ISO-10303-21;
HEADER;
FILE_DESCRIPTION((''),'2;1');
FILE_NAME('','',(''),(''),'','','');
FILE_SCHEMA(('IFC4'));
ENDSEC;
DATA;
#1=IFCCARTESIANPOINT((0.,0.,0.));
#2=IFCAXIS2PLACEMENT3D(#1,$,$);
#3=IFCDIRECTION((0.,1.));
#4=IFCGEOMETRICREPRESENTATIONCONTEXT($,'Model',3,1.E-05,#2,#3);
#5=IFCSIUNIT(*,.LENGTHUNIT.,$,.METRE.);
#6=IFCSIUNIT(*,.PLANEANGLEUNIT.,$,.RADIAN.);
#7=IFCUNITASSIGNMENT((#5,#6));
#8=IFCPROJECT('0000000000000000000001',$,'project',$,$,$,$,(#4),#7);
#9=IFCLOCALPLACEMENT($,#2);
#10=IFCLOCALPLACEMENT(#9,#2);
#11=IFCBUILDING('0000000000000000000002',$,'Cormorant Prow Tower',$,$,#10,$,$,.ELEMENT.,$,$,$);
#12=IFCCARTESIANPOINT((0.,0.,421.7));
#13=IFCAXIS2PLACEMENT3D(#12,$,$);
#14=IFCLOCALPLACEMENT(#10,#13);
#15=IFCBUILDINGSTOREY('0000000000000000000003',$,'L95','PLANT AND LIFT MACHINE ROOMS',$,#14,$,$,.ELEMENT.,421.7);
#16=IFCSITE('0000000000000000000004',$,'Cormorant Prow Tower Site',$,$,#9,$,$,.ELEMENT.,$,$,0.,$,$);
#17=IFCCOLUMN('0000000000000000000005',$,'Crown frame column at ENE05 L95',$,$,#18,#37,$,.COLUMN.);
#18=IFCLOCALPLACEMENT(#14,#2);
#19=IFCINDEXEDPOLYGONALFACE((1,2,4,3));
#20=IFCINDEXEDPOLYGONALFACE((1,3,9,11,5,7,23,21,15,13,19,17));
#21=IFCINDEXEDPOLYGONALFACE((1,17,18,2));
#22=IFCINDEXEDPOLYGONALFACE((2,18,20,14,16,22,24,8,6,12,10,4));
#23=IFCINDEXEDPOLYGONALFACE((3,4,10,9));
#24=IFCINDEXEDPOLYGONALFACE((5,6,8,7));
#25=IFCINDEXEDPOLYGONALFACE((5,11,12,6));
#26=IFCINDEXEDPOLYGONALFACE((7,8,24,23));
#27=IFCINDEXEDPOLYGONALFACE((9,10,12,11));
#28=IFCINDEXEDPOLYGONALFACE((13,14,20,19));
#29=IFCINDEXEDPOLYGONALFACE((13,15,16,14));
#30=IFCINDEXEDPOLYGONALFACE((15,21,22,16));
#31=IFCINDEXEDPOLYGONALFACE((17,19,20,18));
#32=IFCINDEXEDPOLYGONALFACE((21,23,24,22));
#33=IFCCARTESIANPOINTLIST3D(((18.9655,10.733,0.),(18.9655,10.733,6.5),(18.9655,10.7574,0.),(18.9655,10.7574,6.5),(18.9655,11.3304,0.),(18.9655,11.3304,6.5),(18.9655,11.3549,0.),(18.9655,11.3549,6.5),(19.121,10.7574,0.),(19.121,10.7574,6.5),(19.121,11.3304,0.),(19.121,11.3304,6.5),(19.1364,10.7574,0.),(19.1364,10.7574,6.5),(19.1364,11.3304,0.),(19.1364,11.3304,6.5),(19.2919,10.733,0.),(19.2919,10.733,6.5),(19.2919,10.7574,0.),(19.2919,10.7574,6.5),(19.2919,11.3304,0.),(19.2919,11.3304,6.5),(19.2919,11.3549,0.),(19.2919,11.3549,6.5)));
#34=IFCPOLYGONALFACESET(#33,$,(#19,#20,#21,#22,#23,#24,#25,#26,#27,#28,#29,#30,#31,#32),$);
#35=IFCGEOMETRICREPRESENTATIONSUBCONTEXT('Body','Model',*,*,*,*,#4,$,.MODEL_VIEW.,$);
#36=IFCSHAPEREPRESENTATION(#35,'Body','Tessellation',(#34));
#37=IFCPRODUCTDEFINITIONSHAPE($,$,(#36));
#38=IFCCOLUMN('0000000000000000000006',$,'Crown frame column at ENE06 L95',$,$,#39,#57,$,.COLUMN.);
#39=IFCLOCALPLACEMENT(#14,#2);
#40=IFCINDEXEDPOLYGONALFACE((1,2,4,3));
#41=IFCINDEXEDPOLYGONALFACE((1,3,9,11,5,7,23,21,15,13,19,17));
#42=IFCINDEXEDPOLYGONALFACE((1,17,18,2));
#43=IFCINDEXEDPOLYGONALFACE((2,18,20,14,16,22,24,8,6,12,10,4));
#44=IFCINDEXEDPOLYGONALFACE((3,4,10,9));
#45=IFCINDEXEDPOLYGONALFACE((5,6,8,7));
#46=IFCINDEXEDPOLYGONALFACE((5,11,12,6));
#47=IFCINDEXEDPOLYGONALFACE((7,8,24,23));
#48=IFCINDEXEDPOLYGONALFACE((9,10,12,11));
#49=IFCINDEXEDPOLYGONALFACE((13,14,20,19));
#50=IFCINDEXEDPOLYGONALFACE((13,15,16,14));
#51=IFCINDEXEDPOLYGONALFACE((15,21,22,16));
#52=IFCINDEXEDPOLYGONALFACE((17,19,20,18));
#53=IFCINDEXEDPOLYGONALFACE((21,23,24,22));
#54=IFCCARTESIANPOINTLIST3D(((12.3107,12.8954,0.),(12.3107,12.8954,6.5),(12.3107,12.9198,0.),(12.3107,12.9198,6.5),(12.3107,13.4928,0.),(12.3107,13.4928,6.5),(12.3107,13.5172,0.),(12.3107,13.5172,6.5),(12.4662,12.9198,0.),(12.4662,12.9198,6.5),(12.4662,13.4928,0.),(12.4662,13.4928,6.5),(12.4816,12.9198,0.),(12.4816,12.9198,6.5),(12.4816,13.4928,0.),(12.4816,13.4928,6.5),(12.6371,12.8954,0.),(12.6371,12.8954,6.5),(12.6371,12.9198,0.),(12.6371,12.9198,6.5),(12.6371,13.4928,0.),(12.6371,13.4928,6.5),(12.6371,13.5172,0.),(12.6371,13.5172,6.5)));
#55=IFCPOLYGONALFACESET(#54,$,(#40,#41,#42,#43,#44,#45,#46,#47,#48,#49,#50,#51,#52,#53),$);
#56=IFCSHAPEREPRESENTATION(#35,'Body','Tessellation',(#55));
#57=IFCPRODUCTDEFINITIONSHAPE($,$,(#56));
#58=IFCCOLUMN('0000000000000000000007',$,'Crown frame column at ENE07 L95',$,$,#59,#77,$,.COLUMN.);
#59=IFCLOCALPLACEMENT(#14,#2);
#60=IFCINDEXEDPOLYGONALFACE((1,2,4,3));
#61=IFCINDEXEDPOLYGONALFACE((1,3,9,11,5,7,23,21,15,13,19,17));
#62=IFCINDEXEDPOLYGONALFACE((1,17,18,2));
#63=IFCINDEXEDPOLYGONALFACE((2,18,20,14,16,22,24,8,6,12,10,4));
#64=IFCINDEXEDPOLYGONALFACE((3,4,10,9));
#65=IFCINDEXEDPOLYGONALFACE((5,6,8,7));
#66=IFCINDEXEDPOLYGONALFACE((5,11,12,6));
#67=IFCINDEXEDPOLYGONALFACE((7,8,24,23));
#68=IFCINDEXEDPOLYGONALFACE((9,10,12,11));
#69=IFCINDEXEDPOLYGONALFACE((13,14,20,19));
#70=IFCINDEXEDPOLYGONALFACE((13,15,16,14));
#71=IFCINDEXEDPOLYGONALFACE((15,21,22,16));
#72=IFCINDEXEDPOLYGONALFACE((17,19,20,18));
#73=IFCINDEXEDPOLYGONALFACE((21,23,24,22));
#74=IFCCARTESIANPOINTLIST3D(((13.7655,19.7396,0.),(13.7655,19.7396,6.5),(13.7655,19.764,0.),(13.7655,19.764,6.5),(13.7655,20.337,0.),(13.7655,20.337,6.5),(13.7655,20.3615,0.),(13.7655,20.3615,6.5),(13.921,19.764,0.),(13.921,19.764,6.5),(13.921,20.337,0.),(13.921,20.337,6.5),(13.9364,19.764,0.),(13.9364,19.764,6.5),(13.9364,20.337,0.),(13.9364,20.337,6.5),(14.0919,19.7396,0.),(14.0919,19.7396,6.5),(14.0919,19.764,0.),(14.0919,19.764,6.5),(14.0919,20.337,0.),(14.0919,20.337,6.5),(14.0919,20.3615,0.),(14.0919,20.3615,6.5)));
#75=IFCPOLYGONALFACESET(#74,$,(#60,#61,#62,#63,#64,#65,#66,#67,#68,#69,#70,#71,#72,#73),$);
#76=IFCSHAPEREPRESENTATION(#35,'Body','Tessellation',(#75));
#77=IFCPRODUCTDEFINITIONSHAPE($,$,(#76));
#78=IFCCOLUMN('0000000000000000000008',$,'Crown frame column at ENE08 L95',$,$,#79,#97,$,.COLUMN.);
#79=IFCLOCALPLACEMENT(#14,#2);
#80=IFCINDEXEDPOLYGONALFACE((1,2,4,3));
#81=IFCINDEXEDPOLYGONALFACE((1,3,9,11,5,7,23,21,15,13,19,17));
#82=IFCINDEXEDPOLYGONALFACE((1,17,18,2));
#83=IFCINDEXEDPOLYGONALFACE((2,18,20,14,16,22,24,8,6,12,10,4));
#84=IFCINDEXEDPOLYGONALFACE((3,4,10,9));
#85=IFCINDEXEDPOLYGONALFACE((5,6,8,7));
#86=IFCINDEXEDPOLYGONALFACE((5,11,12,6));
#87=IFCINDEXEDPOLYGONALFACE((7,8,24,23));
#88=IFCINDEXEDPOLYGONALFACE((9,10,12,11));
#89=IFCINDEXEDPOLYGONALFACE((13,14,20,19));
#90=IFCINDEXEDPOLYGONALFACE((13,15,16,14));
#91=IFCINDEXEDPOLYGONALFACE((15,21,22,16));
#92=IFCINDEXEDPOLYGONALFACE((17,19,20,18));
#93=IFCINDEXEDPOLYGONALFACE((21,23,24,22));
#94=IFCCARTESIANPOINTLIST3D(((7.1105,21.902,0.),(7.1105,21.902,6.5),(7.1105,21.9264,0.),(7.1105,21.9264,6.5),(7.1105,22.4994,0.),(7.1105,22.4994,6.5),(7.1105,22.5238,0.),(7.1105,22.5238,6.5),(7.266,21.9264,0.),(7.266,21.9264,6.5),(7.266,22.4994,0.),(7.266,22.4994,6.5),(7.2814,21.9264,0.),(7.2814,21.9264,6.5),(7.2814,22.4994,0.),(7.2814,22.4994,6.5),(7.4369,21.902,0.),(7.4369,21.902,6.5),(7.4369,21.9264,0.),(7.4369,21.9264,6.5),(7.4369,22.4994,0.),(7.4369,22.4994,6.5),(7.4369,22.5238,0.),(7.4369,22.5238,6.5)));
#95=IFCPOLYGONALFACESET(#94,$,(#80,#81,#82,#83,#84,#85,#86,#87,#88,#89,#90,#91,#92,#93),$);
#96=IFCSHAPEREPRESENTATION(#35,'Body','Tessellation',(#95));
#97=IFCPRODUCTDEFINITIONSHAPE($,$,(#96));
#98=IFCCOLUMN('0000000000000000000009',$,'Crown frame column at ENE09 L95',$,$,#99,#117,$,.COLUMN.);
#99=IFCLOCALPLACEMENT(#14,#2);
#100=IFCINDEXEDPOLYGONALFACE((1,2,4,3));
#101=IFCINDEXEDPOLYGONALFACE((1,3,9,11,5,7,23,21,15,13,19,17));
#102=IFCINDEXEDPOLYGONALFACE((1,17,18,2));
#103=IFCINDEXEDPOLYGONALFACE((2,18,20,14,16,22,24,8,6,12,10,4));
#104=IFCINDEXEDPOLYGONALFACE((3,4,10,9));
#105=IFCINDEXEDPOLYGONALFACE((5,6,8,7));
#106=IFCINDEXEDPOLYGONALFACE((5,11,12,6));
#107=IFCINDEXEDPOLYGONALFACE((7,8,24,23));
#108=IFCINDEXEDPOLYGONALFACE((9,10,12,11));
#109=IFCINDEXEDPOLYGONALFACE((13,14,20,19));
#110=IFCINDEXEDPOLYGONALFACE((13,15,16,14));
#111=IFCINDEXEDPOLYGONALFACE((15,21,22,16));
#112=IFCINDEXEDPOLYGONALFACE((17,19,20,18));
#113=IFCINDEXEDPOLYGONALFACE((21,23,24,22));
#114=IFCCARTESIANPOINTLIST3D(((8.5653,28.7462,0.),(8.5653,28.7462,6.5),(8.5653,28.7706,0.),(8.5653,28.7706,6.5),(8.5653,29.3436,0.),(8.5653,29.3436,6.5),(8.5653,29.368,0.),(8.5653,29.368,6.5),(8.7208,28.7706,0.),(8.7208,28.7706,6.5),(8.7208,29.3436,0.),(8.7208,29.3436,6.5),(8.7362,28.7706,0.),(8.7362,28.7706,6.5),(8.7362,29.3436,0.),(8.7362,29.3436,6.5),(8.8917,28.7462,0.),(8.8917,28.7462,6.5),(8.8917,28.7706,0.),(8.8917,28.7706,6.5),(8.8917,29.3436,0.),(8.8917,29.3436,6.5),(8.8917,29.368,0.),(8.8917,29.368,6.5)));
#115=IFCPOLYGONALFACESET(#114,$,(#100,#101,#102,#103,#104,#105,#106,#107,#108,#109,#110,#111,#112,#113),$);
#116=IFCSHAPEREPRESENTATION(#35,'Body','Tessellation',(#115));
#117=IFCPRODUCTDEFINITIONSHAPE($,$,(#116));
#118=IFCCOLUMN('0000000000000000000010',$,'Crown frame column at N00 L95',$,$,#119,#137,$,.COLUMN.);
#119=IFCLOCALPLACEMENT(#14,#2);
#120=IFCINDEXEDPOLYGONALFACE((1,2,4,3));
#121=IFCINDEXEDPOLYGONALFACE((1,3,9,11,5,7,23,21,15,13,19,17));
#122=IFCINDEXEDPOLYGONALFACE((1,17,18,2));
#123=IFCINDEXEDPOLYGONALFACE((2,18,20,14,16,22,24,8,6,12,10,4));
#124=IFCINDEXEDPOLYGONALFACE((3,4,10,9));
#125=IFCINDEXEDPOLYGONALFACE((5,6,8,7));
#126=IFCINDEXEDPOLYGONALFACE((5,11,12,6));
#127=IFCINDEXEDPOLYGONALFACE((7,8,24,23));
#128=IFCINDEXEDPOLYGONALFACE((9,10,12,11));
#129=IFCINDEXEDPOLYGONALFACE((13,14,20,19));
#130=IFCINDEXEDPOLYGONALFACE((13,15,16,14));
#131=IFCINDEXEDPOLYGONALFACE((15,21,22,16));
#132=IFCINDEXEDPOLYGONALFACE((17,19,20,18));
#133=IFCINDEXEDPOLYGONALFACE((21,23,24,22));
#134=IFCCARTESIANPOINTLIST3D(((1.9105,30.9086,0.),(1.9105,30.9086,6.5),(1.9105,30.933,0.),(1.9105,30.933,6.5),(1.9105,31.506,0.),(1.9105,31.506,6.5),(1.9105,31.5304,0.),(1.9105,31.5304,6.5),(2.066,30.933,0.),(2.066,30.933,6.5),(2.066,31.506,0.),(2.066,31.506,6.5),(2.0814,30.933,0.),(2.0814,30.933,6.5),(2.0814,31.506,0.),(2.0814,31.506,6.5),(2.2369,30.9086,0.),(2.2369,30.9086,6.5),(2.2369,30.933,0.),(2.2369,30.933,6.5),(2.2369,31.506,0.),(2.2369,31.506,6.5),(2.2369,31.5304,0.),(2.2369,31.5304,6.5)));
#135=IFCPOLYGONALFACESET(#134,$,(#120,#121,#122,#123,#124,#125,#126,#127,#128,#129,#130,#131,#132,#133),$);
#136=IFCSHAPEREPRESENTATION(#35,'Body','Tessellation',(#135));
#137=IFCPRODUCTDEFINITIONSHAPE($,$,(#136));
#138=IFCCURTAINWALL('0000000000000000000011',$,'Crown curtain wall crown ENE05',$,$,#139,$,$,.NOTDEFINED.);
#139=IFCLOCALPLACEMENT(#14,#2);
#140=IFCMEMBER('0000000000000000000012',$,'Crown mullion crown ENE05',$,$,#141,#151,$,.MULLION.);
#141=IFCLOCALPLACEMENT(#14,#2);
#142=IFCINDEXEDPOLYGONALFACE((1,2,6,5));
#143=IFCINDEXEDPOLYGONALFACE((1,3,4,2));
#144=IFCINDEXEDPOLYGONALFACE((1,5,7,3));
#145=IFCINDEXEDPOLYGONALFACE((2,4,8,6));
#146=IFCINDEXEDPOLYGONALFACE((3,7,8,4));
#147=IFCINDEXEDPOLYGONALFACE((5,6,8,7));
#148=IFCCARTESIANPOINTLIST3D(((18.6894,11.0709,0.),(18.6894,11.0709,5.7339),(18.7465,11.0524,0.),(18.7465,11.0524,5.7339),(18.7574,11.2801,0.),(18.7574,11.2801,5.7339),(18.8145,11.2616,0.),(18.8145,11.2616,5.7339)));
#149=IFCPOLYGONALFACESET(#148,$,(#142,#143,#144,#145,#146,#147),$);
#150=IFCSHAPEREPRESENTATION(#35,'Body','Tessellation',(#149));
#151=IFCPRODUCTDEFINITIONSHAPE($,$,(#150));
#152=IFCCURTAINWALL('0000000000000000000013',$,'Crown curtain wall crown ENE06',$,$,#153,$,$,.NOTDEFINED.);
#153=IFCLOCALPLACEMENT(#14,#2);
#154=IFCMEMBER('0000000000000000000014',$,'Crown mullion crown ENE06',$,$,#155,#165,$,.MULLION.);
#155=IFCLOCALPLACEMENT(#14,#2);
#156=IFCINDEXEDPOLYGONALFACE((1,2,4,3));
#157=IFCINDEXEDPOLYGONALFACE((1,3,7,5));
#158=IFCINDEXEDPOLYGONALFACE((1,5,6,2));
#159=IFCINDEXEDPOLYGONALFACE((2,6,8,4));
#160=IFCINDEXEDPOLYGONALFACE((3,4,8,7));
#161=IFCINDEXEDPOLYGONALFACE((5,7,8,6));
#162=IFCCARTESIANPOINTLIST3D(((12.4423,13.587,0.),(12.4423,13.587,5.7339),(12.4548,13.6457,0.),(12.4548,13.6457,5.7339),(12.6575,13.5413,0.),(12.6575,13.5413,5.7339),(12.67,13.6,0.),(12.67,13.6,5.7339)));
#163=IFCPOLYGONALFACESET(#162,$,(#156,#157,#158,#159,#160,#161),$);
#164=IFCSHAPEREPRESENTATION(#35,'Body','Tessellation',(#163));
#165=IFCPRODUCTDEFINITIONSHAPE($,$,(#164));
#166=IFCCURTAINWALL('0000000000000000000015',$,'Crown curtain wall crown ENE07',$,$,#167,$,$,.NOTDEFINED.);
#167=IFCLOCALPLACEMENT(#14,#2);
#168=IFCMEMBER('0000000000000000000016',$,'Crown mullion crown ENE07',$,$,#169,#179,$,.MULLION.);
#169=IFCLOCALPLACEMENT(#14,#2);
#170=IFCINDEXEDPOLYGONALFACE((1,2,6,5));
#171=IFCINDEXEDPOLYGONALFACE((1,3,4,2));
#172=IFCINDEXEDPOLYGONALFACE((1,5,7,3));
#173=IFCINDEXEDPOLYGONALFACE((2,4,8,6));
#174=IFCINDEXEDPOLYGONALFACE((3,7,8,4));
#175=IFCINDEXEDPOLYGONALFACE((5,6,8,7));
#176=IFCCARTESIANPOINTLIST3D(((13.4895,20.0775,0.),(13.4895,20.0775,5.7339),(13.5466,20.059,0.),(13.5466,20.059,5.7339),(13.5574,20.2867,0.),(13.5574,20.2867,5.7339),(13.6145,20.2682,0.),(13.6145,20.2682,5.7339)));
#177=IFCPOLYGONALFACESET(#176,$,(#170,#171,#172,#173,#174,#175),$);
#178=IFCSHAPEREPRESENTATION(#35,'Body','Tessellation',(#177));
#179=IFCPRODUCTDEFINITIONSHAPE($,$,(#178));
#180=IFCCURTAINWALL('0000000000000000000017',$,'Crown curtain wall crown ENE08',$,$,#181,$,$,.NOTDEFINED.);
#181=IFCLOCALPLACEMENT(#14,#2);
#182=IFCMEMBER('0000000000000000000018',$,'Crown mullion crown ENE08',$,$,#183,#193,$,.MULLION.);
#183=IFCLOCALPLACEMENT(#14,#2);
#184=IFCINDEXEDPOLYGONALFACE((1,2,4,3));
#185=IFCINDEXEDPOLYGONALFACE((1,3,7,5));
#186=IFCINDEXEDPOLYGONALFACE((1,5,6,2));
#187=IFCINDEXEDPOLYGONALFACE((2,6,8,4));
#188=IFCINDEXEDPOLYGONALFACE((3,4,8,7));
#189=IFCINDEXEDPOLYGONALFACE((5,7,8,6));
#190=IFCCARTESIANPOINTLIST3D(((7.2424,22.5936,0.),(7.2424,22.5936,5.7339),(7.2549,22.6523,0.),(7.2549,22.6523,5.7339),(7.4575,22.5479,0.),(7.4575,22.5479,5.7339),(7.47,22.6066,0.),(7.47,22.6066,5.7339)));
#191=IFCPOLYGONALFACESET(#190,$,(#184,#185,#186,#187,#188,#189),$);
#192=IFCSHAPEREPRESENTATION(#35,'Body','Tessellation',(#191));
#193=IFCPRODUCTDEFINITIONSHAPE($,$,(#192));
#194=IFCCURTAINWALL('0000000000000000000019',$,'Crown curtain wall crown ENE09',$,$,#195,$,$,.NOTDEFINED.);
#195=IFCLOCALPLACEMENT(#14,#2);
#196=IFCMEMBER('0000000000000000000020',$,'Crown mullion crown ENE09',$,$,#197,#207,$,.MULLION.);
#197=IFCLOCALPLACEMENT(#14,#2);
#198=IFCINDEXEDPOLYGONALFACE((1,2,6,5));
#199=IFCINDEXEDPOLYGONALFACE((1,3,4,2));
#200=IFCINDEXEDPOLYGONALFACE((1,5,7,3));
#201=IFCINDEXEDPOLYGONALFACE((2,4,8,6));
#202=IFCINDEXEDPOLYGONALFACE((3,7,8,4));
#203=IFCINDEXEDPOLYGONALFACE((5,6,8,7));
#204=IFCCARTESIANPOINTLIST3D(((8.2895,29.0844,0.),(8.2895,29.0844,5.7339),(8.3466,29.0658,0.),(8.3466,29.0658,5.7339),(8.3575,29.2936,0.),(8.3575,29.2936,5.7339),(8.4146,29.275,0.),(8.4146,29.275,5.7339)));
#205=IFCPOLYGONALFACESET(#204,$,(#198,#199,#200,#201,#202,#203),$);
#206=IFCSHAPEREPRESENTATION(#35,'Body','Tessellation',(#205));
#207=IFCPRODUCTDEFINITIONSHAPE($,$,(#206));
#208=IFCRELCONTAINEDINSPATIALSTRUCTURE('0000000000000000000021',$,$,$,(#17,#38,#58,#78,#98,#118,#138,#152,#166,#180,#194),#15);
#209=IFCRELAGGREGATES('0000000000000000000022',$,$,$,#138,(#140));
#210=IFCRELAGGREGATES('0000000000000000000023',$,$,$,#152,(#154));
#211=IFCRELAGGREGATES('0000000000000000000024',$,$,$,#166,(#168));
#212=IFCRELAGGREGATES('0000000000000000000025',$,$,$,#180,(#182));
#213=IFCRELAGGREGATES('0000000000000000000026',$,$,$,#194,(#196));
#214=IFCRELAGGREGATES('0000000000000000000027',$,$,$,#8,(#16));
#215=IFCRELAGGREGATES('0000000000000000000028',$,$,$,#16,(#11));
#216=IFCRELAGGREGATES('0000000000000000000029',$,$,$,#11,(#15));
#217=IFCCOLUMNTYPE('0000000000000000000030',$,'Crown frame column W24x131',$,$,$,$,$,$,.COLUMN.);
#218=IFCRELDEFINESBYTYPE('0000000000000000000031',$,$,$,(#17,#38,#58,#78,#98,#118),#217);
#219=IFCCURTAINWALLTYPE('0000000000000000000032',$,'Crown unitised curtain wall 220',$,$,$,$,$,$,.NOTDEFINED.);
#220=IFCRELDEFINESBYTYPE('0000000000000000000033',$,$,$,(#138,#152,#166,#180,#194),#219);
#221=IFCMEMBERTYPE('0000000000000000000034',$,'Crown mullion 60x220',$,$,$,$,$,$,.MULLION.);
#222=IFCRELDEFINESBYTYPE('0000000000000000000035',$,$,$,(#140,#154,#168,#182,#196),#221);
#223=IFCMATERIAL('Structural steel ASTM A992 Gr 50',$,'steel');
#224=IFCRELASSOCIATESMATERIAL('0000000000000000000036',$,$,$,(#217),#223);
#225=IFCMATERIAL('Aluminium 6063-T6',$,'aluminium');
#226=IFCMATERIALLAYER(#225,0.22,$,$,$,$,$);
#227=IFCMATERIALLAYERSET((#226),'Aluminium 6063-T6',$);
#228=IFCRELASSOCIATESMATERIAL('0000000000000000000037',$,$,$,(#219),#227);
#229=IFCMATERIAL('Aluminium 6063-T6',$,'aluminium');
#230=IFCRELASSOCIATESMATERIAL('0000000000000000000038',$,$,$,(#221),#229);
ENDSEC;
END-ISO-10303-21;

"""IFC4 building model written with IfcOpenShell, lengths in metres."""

from ifc_helpers import new_model, si_unit, direction, frame, origin, origin_2d, place, context, subcontext, project, spatial, rectangle, i_section, extrude, material, layer, layer_set, material_profile, profile_set, type_object, element, aggregate, save


model = new_model("IFC4")

# Units and contexts
model_context = context("Model", 3, precision=1e-05, world=origin(), true_north=direction((0.0, 1.0)))
body_context = subcontext(model_context, "Body", "Model", "MODEL_VIEW")
ifc_project = project(units=[si_unit("LENGTHUNIT", "METRE"), si_unit("PLANEANGLEUNIT", "RADIAN")], contexts=[model_context])

# Site, building, storey
site_placement = place(None, origin())
site = spatial("IfcSite", under=ifc_project, at=site_placement, Name="Cormorant Prow Tower Site", CompositionType="ELEMENT", RefElevation=0.0)
building_placement = place(site_placement, origin())
building = spatial("IfcBuilding", under=site, at=building_placement, Name="Cormorant Prow Tower", CompositionType="ELEMENT")
storey_placement = place(building_placement, frame((0.0, 0.0, 421.7)))
storey = spatial("IfcBuildingStorey", under=building, at=storey_placement, Name="L95", Description="PLANT AND LIFT MACHINE ROOMS", CompositionType="ELEMENT", Elevation=421.7)

# Columns
ifc_material_1 = material(Name="Structural steel ASTM A992 Gr 50", Category="steel")
ifc_material_profile_1 = material_profile(ifc_material_1, i_section(OverallWidth=0.3264, OverallDepth=0.6218, WebThickness=0.0154, FlangeThickness=0.0244, at=origin_2d()), Name="W24x131")
ifc_profile_set_1 = profile_set([ifc_material_profile_1], Name="Structural steel ASTM A992 Gr 50")
column_type = type_object("IfcColumnType", Name="Crown frame column W24x131", PredefinedType="COLUMN", material=ifc_profile_set_1)
for number, where, z_axis, x_axis, name in (
    (1, (19.1287, 11.0439, 0.0), (0.0, 0.0, 1.0), (1.0, 0.0, 0.0), "Crown frame column at ENE05 L95"),
    (2, (12.4739, 13.2063, 0.0), (0.0, 0.0, 1.0), (1.0, 0.0, 0.0), "Crown frame column at ENE06 L95"),
    (3, (13.9287, 20.0505, 0.0), (0.0, 0.0, 1.0), (1.0, 0.0, 0.0), "Crown frame column at ENE07 L95"),
    (4, (7.2737, 22.2129, 0.0), (0.0, 0.0, 1.0), (1.0, 0.0, 0.0), "Crown frame column at ENE08 L95"),
    (5, (8.7285, 29.0571, 0.0), (0.0, 0.0, 1.0), (1.0, 0.0, 0.0), "Crown frame column at ENE09 L95"),
    (6, (2.0737, 31.2195, 0.0), (0.0, 0.0, 1.0), (1.0, 0.0, 0.0), "Crown frame column at N00 L95"),
):
    element("IfcColumn", number, at=place(storey_placement, frame(where, z_axis=z_axis, x_axis=x_axis)), inside=storey, type_object=column_type, Name=name, PredefinedType="COLUMN", context=body_context, shape_type="SweptSolid", body=[
        extrude(i_section(OverallWidth=0.3264, OverallDepth=0.6218, WebThickness=0.0154, FlangeThickness=0.0244, at=origin_2d()), origin(), (0.0, 0.0, 1.0), 6.5),
    ])

# Curtain walls, members
ifc_material_2 = material(Name="Aluminium 6063-T6", Category="aluminium")
ifc_layer_1 = layer(ifc_material_2, 0.22)
ifc_layer_set_1 = layer_set([ifc_layer_1], Name="Aluminium 6063-T6")
curtain_wall_type = type_object("IfcCurtainWallType", Name="Crown unitised curtain wall 220", PredefinedType="NOTDEFINED", material=ifc_layer_set_1)
curtain_wall_1_placement = place(storey_placement, origin())
curtain_wall_1 = element("IfcCurtainWall", 7, at=curtain_wall_1_placement, inside=storey, type_object=curtain_wall_type, Name="Crown curtain wall crown ENE05", PredefinedType="NOTDEFINED")
ifc_material_3 = material(Name="Aluminium 6063-T6", Category="aluminium")
ifc_material_profile_2 = material_profile(ifc_material_3, rectangle(XDim=0.22, YDim=0.0601, at=origin_2d()), Name="Crown mullion 60x220")
ifc_profile_set_2 = profile_set([ifc_material_profile_2], Name="Aluminium 6063-T6")
member_type_1 = type_object("IfcMemberType", Name="Crown mullion 60x220", PredefinedType="MULLION", material=ifc_profile_set_2)
member_1_placement = place(storey_placement, frame((18.752, 11.1663, 0.0), z_axis=(0.0, 0.0, 1.0), x_axis=(-0.309017, -0.951056, 0.0)))
member_1 = element("IfcMember", 8, at=member_1_placement, type_object=member_type_1, Name="Crown mullion crown ENE05", PredefinedType="MULLION", context=body_context, shape_type="SweptSolid", body=[
    extrude(rectangle(XDim=0.22, YDim=0.0601, at=origin_2d()), origin(), (0.0, 0.0, 1.0), 5.7339),
])
curtain_wall_2_placement = place(storey_placement, origin())
curtain_wall_2 = element("IfcCurtainWall", 9, at=curtain_wall_2_placement, inside=storey, type_object=curtain_wall_type, Name="Crown curtain wall crown ENE06", PredefinedType="NOTDEFINED")
member_2_placement = place(storey_placement, frame((12.5562, 13.5935, 0.0), z_axis=(0.0, 0.0, 1.0), x_axis=(-0.978148, 0.207912, 0.0)))
member_2 = element("IfcMember", 10, at=member_2_placement, type_object=member_type_1, Name="Crown mullion crown ENE06", PredefinedType="MULLION", context=body_context, shape_type="SweptSolid", body=[
    extrude(rectangle(XDim=0.22, YDim=0.0601, at=origin_2d()), origin(), (0.0, 0.0, 1.0), 5.7339),
])
curtain_wall_3_placement = place(storey_placement, origin())
curtain_wall_3 = element("IfcCurtainWall", 11, at=curtain_wall_3_placement, inside=storey, type_object=curtain_wall_type, Name="Crown curtain wall crown ENE07", PredefinedType="NOTDEFINED")
member_3_placement = place(storey_placement, frame((13.552, 20.1729, 0.0), z_axis=(0.0, 0.0, 1.0), x_axis=(-0.309017, -0.951057, 0.0)))
member_3 = element("IfcMember", 12, at=member_3_placement, type_object=member_type_1, Name="Crown mullion crown ENE07", PredefinedType="MULLION", context=body_context, shape_type="SweptSolid", body=[
    extrude(rectangle(XDim=0.22, YDim=0.0601, at=origin_2d()), origin(), (0.0, 0.0, 1.0), 5.7339),
])
curtain_wall_4_placement = place(storey_placement, origin())
curtain_wall_4 = element("IfcCurtainWall", 13, at=curtain_wall_4_placement, inside=storey, type_object=curtain_wall_type, Name="Crown curtain wall crown ENE08", PredefinedType="NOTDEFINED")
member_4_placement = place(storey_placement, frame((7.3562, 22.6001, 0.0), z_axis=(0.0, 0.0, 1.0), x_axis=(-0.978148, 0.207912, 0.0)))
member_4 = element("IfcMember", 14, at=member_4_placement, type_object=member_type_1, Name="Crown mullion crown ENE08", PredefinedType="MULLION", context=body_context, shape_type="SweptSolid", body=[
    extrude(rectangle(XDim=0.22, YDim=0.0601, at=origin_2d()), origin(), (0.0, 0.0, 1.0), 5.7339),
])
curtain_wall_5_placement = place(storey_placement, origin())
curtain_wall_5 = element("IfcCurtainWall", 15, at=curtain_wall_5_placement, inside=storey, type_object=curtain_wall_type, Name="Crown curtain wall crown ENE09", PredefinedType="NOTDEFINED")
member_5_placement = place(storey_placement, frame((8.3521, 29.1797, 0.0), z_axis=(0.0, 0.0, 1.0), x_axis=(-0.309017, -0.951056, 0.0)))
member_5 = element("IfcMember", 16, at=member_5_placement, type_object=member_type_1, Name="Crown mullion crown ENE09", PredefinedType="MULLION", context=body_context, shape_type="SweptSolid", body=[
    extrude(rectangle(XDim=0.22, YDim=0.0601, at=origin_2d()), origin(), (0.0, 0.0, 1.0), 5.7339),
])

aggregate(curtain_wall_1, [member_1])
aggregate(curtain_wall_2, [member_2])
aggregate(curtain_wall_3, [member_3])
aggregate(curtain_wall_4, [member_4])
aggregate(curtain_wall_5, [member_5])

save(model, "model.ifc")
